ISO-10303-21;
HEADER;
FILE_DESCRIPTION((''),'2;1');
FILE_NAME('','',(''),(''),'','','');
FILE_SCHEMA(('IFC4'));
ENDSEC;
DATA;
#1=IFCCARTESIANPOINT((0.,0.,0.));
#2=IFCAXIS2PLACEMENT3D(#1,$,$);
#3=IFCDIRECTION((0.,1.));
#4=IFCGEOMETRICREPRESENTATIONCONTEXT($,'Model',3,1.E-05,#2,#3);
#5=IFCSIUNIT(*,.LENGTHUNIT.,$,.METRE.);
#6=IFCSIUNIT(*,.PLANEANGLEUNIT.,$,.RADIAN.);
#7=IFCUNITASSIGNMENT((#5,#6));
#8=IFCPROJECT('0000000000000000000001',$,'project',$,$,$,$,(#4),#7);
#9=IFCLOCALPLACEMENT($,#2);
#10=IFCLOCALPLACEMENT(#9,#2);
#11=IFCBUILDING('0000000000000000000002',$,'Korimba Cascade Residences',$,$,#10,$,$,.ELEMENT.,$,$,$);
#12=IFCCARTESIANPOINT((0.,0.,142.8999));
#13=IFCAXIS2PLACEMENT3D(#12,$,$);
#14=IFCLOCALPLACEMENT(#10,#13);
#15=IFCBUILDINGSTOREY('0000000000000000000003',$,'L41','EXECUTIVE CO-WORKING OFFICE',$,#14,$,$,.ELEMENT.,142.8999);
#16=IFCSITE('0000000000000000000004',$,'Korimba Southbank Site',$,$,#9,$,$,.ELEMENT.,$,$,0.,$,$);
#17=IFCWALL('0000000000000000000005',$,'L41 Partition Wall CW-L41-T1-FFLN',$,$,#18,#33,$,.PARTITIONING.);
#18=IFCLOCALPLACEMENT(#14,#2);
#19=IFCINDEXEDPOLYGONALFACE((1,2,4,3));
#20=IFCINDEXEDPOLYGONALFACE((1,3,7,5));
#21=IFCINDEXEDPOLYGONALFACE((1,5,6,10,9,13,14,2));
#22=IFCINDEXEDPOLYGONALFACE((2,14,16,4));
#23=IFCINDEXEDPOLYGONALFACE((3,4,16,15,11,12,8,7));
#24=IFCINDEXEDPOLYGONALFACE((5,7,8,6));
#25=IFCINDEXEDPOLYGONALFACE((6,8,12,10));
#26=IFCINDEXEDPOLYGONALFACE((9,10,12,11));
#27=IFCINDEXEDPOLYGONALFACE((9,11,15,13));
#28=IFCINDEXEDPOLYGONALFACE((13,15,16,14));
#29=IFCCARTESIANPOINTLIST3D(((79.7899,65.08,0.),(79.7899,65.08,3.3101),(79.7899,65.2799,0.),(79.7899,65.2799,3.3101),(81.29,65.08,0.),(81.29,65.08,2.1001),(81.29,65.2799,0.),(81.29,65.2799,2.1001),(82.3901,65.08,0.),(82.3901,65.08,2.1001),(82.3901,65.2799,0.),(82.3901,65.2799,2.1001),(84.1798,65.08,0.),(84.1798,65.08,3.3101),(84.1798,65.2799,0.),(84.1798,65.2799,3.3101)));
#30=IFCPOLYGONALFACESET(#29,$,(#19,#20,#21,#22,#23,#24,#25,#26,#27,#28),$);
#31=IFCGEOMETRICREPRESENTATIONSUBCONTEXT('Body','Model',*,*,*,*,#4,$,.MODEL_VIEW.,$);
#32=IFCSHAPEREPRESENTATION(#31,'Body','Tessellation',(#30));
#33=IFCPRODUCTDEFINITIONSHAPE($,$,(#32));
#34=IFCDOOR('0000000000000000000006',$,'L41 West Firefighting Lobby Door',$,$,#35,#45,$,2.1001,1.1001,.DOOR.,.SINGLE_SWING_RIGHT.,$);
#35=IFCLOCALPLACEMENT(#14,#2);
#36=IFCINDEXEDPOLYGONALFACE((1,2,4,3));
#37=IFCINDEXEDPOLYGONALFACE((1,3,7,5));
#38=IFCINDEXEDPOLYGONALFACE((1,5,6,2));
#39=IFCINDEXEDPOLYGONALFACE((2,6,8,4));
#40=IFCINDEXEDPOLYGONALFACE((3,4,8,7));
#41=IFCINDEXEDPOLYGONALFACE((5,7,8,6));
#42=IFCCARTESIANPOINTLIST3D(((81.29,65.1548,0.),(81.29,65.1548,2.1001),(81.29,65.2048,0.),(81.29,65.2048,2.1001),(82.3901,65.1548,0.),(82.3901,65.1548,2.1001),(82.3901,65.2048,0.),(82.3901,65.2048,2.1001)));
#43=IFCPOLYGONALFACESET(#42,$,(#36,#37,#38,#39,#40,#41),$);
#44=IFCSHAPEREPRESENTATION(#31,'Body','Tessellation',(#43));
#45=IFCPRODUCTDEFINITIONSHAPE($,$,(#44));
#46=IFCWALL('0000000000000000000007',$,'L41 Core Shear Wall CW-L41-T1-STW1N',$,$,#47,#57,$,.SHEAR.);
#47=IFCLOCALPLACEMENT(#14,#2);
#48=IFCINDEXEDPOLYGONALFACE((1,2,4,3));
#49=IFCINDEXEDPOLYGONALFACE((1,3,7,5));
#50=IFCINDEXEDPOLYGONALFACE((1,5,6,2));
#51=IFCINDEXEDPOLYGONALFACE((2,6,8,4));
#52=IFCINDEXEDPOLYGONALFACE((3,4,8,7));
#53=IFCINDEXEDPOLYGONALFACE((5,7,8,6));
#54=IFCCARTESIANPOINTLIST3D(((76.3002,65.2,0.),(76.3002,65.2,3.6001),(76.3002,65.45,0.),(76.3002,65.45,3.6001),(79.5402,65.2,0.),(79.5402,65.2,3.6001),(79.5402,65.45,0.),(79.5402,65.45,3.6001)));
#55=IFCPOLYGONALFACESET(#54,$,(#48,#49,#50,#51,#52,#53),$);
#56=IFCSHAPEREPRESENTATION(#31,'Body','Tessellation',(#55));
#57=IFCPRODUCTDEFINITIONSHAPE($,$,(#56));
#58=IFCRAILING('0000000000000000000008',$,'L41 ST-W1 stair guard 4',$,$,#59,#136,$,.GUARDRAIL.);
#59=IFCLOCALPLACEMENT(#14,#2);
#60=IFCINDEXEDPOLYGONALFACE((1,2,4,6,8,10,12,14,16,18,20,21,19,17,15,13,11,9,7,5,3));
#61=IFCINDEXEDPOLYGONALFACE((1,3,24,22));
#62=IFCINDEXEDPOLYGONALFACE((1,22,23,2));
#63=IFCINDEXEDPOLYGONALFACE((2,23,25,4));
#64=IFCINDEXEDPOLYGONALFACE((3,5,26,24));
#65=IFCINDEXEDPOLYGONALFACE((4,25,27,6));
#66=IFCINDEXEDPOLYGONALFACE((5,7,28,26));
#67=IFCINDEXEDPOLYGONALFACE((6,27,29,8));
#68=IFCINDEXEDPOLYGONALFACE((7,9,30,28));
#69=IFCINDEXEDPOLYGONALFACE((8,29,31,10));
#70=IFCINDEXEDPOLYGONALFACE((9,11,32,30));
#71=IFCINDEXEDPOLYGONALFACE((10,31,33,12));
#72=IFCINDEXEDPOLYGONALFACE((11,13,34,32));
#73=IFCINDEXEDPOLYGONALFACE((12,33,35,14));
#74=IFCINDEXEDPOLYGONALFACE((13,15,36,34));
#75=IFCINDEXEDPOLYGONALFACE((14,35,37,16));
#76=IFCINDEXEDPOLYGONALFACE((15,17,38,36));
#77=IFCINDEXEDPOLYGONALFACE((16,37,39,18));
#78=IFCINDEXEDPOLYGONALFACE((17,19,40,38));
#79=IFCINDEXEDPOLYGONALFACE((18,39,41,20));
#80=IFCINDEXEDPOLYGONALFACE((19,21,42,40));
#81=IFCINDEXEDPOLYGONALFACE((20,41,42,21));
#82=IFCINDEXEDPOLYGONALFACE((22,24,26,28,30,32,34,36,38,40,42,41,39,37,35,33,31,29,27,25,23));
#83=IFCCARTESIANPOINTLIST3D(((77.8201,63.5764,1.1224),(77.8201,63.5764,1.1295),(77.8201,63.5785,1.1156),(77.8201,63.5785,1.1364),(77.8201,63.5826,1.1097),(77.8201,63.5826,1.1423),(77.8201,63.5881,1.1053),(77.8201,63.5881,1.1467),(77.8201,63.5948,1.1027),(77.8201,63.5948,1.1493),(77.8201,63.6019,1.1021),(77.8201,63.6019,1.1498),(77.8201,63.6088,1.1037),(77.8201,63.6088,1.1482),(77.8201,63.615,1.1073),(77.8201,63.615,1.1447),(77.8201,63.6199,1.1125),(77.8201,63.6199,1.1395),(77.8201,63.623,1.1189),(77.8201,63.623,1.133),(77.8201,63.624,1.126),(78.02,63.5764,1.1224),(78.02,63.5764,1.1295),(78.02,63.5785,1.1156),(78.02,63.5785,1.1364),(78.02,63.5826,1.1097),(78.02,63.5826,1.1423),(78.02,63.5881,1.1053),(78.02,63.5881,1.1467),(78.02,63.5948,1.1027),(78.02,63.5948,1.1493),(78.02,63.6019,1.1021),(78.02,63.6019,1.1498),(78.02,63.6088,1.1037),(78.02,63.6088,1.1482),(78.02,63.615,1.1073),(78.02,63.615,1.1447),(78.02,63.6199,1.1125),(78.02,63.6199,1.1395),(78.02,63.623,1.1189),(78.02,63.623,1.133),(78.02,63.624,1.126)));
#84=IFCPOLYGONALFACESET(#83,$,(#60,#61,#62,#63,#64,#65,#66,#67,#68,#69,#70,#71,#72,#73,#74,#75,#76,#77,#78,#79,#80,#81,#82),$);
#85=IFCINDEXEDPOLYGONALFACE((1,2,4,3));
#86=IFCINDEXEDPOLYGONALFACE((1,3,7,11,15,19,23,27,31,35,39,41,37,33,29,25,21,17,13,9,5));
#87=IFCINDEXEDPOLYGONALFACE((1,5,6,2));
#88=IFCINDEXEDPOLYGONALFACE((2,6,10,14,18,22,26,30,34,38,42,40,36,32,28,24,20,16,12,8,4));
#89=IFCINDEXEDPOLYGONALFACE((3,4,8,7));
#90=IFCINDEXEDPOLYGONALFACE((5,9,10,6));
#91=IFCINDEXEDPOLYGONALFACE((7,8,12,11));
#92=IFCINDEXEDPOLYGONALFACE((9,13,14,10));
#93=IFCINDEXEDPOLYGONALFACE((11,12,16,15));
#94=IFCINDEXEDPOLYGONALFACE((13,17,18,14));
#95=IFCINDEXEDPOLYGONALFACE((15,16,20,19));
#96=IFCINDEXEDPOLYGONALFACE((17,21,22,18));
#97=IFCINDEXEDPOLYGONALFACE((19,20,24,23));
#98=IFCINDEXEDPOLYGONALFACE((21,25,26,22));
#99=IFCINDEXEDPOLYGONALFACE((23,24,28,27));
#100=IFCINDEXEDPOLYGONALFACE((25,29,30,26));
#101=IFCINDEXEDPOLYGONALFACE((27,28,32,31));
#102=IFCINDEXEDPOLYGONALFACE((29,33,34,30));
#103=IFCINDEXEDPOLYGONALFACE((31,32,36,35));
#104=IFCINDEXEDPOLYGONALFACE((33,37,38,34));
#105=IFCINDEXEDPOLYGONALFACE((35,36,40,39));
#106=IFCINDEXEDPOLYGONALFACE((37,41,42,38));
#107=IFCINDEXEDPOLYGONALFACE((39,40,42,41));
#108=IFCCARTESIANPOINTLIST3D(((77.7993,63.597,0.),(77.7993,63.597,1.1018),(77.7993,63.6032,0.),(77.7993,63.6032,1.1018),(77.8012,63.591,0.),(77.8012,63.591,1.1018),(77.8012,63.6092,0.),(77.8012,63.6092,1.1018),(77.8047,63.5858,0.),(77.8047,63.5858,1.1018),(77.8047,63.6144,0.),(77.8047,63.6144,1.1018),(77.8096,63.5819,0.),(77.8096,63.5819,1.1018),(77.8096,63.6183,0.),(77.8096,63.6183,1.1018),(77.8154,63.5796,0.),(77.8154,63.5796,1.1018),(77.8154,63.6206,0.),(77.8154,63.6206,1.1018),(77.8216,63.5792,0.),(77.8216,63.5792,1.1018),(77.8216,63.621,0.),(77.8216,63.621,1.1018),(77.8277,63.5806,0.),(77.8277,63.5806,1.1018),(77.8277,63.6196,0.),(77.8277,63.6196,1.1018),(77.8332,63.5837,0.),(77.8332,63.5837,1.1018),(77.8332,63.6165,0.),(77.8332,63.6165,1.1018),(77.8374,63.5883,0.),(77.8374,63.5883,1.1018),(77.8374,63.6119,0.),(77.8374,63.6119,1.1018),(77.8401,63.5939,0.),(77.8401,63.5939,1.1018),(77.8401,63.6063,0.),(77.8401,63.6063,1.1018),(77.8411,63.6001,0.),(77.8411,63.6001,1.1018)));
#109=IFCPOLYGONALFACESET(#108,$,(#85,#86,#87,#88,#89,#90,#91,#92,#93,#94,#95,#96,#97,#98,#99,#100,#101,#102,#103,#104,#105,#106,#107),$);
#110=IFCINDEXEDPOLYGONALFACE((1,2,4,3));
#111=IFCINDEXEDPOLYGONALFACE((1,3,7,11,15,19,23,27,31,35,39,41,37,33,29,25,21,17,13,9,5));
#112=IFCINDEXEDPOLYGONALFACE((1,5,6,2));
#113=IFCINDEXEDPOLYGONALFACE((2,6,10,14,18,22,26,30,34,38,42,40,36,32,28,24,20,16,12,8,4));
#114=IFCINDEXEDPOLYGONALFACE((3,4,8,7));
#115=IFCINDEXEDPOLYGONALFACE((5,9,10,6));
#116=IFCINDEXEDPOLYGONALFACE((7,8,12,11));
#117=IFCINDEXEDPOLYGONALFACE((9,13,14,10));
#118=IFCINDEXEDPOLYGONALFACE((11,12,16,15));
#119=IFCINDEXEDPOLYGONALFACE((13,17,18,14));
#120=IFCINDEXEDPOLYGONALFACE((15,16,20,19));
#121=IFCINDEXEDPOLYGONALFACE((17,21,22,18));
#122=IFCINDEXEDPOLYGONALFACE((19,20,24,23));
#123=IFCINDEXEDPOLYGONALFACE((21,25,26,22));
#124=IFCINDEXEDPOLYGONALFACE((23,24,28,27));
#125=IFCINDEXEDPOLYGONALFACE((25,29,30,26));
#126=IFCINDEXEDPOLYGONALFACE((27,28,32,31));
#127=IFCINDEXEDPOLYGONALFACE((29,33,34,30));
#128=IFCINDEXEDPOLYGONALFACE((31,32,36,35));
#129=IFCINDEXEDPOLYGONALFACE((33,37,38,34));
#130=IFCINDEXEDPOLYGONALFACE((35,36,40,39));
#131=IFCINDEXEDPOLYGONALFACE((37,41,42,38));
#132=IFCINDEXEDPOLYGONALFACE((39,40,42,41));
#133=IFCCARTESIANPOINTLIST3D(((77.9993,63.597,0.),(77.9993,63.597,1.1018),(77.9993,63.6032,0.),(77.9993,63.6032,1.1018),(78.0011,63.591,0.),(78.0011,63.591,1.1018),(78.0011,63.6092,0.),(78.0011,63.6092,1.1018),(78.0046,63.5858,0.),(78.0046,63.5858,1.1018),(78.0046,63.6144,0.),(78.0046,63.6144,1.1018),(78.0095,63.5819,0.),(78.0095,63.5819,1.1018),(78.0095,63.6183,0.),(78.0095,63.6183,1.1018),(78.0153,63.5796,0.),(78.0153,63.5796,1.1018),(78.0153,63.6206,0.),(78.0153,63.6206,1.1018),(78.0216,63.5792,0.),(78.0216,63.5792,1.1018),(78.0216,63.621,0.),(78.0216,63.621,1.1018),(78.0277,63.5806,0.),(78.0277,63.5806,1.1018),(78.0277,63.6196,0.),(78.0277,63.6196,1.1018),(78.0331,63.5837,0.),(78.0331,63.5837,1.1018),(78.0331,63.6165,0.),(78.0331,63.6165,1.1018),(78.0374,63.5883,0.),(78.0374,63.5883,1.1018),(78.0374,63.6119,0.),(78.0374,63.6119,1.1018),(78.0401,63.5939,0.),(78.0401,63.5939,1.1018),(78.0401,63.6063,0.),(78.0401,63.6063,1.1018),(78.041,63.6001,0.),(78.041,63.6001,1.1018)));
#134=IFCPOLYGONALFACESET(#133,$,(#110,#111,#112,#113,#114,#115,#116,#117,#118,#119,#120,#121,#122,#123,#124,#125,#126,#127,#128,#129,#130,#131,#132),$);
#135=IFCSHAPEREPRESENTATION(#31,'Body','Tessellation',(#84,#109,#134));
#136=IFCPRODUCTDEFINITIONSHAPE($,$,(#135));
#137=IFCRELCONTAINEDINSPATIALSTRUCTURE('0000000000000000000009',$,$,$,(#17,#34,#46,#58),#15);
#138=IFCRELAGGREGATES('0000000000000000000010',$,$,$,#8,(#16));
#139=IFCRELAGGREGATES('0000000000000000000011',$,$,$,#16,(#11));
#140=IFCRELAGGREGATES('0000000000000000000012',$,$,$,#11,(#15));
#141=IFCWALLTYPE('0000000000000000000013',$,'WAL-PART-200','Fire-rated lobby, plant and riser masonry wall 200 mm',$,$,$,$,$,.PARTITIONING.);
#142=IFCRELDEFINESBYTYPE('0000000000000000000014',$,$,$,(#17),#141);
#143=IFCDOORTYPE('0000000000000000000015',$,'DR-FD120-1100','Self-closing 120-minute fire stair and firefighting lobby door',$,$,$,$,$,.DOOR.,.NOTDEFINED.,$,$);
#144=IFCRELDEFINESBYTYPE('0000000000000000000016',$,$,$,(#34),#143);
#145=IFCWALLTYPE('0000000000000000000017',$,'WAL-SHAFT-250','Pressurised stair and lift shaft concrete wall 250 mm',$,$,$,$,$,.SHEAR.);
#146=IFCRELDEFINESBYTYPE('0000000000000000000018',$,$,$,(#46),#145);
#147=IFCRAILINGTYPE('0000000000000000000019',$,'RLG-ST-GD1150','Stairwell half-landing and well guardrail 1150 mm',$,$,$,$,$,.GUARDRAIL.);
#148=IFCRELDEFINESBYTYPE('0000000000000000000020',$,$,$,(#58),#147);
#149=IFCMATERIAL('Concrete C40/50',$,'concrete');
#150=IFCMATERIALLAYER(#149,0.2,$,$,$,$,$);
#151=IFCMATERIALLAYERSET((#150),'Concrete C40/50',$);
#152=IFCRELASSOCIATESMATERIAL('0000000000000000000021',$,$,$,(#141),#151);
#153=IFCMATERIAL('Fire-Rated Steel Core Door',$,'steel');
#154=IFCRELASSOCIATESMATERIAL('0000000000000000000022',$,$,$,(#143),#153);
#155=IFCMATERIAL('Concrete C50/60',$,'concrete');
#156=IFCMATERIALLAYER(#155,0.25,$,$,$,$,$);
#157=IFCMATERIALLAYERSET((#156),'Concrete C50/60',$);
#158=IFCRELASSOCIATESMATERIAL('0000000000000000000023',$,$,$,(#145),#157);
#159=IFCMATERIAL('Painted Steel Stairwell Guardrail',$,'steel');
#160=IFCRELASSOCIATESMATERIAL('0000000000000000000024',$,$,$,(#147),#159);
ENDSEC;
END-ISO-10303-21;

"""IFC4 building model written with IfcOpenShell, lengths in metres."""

from ifc_helpers import new_model, si_unit, direction, frame, frame_2d, origin, origin_2d, place, context, subcontext, project, spatial, rectangle, circle, extrude, material, layer, layer_set, type_object, element, fill, save


model = new_model("IFC4")

# Units and contexts
model_context = context("Model", 3, precision=1e-05, world=origin(), true_north=direction((0.0, 1.0)))
body_context = subcontext(model_context, "Body", "Model", "MODEL_VIEW")
ifc_project = project(units=[si_unit("LENGTHUNIT", "METRE"), si_unit("PLANEANGLEUNIT", "RADIAN")], contexts=[model_context])

# Site, building, storey
site_placement = place(None, origin())
site = spatial("IfcSite", under=ifc_project, at=site_placement, Name="Korimba Southbank Site", CompositionType="ELEMENT", RefElevation=0.0)
building_placement = place(site_placement, origin())
building = spatial("IfcBuilding", under=site, at=building_placement, Name="Korimba Cascade Residences", CompositionType="ELEMENT")
storey_placement = place(building_placement, frame((0.0, 0.0, 142.8999)))
storey = spatial("IfcBuildingStorey", under=building, at=storey_placement, Name="L41", Description="EXECUTIVE CO-WORKING OFFICE", CompositionType="ELEMENT", Elevation=142.8999)

# Wall, opening, door
ifc_material_1 = material(Name="Concrete C40/50", Category="concrete")
ifc_layer_1 = layer(ifc_material_1, 0.2)
ifc_layer_set_1 = layer_set([ifc_layer_1], Name="Concrete C40/50")
wall_type_1 = type_object("IfcWallType", Name="WAL-PART-200", Description="Fire-rated lobby, plant and riser masonry wall 200 mm", PredefinedType="PARTITIONING", material=ifc_layer_set_1)
wall_1_placement = place(storey_placement, frame((79.79, 65.1799, 0.0), z_axis=(0.0, 0.0, 1.0), x_axis=(1.0, 0.0, 0.0)))
wall_1 = element("IfcWall", 1, at=wall_1_placement, inside=storey, type_object=wall_type_1, Name="L41 Partition Wall CW-L41-T1-FFLN", PredefinedType="PARTITIONING", context=body_context, shape_type="SweptSolid", body=[
    extrude(rectangle(XDim=4.3899, YDim=0.2, at=frame_2d((2.1948, 0.0))), origin(), (0.0, 0.0, 1.0), 3.3101),
])
opening_1_placement = place(wall_1_placement, frame((1.5, 0.0, 0.0)))
opening_1 = element("IfcOpeningElement", 2, at=opening_1_placement, cuts=wall_1, PredefinedType="OPENING", context=body_context, shape_type="SweptSolid", body=[
    extrude(rectangle(XDim=1.1001, YDim=2.1001, at=frame_2d((0.55, 1.05))), frame((0.0, 0.1099, 0.0), z_axis=(0.0, -1.0, 0.0), x_axis=(1.0, 0.0, 0.0)), (0.0, 0.0, 1.0), 0.22),
])
ifc_material_2 = material(Name="Fire-Rated Steel Core Door", Category="steel")
door_type_1 = type_object("IfcDoorType", Name="DR-FD120-1100", Description="Self-closing 120-minute fire stair and firefighting lobby door", OperationType="NOTDEFINED", PredefinedType="DOOR", material=ifc_material_2)
door_1_placement = place(opening_1_placement, origin())
door_1 = element("IfcDoor", 3, at=door_1_placement, inside=storey, type_object=door_type_1, Name="L41 West Firefighting Lobby Door", OperationType="SINGLE_SWING_RIGHT", OverallHeight=2.1001, OverallWidth=1.1001, PredefinedType="DOOR", context=body_context, shape_type="SweptSolid", body=[
    extrude(rectangle(XDim=1.1001, YDim=2.1001, at=frame_2d((0.55, 1.05))), frame((0.0, 0.0249, 0.0), z_axis=(0.0, -1.0, 0.0), x_axis=(1.0, 0.0, 0.0)), (0.0, 0.0, 1.0), 0.05),
])
fill(opening_1, door_1)

# Wall
ifc_material_3 = material(Name="Concrete C50/60", Category="concrete")
ifc_layer_2 = layer(ifc_material_3, 0.25)
ifc_layer_set_2 = layer_set([ifc_layer_2], Name="Concrete C50/60")
wall_type_2 = type_object("IfcWallType", Name="WAL-SHAFT-250", Description="Pressurised stair and lift shaft concrete wall 250 mm", PredefinedType="SHEAR", material=ifc_layer_set_2)
wall_2_placement = place(storey_placement, frame((76.3, 65.325, 0.0), z_axis=(0.0, 0.0, 1.0), x_axis=(1.0, 0.0, 0.0)))
element("IfcWall", 4, at=wall_2_placement, inside=storey, type_object=wall_type_2, Name="L41 Core Shear Wall CW-L41-T1-STW1N", PredefinedType="SHEAR", context=body_context, shape_type="SweptSolid", body=[
    extrude(rectangle(XDim=3.24, YDim=0.25, at=frame_2d((1.6201, 0.0))), origin(), (0.0, 0.0, 1.0), 3.6001),
])

# Railing
ifc_material_4 = material(Name="Painted Steel Stairwell Guardrail", Category="steel")
railing_type = type_object("IfcRailingType", Name="RLG-ST-GD1150", Description="Stairwell half-landing and well guardrail 1150 mm", PredefinedType="GUARDRAIL", material=ifc_material_4)
railing_placement = place(storey_placement, frame((77.8201, 63.6001, 0.0)))
element("IfcRailing", 5, at=railing_placement, inside=storey, type_object=railing_type, Name="L41 ST-W1 stair guard 4", PredefinedType="GUARDRAIL", context=body_context, shape_type="SweptSolid", body=[
    extrude(circle(Radius=0.0239, at=origin_2d()), frame((0.0, 0.0, 1.126), z_axis=(1.0, 0.0, 0.0), x_axis=(0.0, 1.0, 0.0)), (0.0, 0.0, 1.0), 0.2),
    extrude(circle(Radius=0.021, at=origin_2d()), origin(), (0.0, 0.0, 1.0), 1.1018),
    extrude(circle(Radius=0.021, at=origin_2d()), frame((0.2, 0.0, 0.0)), (0.0, 0.0, 1.0), 1.1018),
])

save(model, "model.ifc")
